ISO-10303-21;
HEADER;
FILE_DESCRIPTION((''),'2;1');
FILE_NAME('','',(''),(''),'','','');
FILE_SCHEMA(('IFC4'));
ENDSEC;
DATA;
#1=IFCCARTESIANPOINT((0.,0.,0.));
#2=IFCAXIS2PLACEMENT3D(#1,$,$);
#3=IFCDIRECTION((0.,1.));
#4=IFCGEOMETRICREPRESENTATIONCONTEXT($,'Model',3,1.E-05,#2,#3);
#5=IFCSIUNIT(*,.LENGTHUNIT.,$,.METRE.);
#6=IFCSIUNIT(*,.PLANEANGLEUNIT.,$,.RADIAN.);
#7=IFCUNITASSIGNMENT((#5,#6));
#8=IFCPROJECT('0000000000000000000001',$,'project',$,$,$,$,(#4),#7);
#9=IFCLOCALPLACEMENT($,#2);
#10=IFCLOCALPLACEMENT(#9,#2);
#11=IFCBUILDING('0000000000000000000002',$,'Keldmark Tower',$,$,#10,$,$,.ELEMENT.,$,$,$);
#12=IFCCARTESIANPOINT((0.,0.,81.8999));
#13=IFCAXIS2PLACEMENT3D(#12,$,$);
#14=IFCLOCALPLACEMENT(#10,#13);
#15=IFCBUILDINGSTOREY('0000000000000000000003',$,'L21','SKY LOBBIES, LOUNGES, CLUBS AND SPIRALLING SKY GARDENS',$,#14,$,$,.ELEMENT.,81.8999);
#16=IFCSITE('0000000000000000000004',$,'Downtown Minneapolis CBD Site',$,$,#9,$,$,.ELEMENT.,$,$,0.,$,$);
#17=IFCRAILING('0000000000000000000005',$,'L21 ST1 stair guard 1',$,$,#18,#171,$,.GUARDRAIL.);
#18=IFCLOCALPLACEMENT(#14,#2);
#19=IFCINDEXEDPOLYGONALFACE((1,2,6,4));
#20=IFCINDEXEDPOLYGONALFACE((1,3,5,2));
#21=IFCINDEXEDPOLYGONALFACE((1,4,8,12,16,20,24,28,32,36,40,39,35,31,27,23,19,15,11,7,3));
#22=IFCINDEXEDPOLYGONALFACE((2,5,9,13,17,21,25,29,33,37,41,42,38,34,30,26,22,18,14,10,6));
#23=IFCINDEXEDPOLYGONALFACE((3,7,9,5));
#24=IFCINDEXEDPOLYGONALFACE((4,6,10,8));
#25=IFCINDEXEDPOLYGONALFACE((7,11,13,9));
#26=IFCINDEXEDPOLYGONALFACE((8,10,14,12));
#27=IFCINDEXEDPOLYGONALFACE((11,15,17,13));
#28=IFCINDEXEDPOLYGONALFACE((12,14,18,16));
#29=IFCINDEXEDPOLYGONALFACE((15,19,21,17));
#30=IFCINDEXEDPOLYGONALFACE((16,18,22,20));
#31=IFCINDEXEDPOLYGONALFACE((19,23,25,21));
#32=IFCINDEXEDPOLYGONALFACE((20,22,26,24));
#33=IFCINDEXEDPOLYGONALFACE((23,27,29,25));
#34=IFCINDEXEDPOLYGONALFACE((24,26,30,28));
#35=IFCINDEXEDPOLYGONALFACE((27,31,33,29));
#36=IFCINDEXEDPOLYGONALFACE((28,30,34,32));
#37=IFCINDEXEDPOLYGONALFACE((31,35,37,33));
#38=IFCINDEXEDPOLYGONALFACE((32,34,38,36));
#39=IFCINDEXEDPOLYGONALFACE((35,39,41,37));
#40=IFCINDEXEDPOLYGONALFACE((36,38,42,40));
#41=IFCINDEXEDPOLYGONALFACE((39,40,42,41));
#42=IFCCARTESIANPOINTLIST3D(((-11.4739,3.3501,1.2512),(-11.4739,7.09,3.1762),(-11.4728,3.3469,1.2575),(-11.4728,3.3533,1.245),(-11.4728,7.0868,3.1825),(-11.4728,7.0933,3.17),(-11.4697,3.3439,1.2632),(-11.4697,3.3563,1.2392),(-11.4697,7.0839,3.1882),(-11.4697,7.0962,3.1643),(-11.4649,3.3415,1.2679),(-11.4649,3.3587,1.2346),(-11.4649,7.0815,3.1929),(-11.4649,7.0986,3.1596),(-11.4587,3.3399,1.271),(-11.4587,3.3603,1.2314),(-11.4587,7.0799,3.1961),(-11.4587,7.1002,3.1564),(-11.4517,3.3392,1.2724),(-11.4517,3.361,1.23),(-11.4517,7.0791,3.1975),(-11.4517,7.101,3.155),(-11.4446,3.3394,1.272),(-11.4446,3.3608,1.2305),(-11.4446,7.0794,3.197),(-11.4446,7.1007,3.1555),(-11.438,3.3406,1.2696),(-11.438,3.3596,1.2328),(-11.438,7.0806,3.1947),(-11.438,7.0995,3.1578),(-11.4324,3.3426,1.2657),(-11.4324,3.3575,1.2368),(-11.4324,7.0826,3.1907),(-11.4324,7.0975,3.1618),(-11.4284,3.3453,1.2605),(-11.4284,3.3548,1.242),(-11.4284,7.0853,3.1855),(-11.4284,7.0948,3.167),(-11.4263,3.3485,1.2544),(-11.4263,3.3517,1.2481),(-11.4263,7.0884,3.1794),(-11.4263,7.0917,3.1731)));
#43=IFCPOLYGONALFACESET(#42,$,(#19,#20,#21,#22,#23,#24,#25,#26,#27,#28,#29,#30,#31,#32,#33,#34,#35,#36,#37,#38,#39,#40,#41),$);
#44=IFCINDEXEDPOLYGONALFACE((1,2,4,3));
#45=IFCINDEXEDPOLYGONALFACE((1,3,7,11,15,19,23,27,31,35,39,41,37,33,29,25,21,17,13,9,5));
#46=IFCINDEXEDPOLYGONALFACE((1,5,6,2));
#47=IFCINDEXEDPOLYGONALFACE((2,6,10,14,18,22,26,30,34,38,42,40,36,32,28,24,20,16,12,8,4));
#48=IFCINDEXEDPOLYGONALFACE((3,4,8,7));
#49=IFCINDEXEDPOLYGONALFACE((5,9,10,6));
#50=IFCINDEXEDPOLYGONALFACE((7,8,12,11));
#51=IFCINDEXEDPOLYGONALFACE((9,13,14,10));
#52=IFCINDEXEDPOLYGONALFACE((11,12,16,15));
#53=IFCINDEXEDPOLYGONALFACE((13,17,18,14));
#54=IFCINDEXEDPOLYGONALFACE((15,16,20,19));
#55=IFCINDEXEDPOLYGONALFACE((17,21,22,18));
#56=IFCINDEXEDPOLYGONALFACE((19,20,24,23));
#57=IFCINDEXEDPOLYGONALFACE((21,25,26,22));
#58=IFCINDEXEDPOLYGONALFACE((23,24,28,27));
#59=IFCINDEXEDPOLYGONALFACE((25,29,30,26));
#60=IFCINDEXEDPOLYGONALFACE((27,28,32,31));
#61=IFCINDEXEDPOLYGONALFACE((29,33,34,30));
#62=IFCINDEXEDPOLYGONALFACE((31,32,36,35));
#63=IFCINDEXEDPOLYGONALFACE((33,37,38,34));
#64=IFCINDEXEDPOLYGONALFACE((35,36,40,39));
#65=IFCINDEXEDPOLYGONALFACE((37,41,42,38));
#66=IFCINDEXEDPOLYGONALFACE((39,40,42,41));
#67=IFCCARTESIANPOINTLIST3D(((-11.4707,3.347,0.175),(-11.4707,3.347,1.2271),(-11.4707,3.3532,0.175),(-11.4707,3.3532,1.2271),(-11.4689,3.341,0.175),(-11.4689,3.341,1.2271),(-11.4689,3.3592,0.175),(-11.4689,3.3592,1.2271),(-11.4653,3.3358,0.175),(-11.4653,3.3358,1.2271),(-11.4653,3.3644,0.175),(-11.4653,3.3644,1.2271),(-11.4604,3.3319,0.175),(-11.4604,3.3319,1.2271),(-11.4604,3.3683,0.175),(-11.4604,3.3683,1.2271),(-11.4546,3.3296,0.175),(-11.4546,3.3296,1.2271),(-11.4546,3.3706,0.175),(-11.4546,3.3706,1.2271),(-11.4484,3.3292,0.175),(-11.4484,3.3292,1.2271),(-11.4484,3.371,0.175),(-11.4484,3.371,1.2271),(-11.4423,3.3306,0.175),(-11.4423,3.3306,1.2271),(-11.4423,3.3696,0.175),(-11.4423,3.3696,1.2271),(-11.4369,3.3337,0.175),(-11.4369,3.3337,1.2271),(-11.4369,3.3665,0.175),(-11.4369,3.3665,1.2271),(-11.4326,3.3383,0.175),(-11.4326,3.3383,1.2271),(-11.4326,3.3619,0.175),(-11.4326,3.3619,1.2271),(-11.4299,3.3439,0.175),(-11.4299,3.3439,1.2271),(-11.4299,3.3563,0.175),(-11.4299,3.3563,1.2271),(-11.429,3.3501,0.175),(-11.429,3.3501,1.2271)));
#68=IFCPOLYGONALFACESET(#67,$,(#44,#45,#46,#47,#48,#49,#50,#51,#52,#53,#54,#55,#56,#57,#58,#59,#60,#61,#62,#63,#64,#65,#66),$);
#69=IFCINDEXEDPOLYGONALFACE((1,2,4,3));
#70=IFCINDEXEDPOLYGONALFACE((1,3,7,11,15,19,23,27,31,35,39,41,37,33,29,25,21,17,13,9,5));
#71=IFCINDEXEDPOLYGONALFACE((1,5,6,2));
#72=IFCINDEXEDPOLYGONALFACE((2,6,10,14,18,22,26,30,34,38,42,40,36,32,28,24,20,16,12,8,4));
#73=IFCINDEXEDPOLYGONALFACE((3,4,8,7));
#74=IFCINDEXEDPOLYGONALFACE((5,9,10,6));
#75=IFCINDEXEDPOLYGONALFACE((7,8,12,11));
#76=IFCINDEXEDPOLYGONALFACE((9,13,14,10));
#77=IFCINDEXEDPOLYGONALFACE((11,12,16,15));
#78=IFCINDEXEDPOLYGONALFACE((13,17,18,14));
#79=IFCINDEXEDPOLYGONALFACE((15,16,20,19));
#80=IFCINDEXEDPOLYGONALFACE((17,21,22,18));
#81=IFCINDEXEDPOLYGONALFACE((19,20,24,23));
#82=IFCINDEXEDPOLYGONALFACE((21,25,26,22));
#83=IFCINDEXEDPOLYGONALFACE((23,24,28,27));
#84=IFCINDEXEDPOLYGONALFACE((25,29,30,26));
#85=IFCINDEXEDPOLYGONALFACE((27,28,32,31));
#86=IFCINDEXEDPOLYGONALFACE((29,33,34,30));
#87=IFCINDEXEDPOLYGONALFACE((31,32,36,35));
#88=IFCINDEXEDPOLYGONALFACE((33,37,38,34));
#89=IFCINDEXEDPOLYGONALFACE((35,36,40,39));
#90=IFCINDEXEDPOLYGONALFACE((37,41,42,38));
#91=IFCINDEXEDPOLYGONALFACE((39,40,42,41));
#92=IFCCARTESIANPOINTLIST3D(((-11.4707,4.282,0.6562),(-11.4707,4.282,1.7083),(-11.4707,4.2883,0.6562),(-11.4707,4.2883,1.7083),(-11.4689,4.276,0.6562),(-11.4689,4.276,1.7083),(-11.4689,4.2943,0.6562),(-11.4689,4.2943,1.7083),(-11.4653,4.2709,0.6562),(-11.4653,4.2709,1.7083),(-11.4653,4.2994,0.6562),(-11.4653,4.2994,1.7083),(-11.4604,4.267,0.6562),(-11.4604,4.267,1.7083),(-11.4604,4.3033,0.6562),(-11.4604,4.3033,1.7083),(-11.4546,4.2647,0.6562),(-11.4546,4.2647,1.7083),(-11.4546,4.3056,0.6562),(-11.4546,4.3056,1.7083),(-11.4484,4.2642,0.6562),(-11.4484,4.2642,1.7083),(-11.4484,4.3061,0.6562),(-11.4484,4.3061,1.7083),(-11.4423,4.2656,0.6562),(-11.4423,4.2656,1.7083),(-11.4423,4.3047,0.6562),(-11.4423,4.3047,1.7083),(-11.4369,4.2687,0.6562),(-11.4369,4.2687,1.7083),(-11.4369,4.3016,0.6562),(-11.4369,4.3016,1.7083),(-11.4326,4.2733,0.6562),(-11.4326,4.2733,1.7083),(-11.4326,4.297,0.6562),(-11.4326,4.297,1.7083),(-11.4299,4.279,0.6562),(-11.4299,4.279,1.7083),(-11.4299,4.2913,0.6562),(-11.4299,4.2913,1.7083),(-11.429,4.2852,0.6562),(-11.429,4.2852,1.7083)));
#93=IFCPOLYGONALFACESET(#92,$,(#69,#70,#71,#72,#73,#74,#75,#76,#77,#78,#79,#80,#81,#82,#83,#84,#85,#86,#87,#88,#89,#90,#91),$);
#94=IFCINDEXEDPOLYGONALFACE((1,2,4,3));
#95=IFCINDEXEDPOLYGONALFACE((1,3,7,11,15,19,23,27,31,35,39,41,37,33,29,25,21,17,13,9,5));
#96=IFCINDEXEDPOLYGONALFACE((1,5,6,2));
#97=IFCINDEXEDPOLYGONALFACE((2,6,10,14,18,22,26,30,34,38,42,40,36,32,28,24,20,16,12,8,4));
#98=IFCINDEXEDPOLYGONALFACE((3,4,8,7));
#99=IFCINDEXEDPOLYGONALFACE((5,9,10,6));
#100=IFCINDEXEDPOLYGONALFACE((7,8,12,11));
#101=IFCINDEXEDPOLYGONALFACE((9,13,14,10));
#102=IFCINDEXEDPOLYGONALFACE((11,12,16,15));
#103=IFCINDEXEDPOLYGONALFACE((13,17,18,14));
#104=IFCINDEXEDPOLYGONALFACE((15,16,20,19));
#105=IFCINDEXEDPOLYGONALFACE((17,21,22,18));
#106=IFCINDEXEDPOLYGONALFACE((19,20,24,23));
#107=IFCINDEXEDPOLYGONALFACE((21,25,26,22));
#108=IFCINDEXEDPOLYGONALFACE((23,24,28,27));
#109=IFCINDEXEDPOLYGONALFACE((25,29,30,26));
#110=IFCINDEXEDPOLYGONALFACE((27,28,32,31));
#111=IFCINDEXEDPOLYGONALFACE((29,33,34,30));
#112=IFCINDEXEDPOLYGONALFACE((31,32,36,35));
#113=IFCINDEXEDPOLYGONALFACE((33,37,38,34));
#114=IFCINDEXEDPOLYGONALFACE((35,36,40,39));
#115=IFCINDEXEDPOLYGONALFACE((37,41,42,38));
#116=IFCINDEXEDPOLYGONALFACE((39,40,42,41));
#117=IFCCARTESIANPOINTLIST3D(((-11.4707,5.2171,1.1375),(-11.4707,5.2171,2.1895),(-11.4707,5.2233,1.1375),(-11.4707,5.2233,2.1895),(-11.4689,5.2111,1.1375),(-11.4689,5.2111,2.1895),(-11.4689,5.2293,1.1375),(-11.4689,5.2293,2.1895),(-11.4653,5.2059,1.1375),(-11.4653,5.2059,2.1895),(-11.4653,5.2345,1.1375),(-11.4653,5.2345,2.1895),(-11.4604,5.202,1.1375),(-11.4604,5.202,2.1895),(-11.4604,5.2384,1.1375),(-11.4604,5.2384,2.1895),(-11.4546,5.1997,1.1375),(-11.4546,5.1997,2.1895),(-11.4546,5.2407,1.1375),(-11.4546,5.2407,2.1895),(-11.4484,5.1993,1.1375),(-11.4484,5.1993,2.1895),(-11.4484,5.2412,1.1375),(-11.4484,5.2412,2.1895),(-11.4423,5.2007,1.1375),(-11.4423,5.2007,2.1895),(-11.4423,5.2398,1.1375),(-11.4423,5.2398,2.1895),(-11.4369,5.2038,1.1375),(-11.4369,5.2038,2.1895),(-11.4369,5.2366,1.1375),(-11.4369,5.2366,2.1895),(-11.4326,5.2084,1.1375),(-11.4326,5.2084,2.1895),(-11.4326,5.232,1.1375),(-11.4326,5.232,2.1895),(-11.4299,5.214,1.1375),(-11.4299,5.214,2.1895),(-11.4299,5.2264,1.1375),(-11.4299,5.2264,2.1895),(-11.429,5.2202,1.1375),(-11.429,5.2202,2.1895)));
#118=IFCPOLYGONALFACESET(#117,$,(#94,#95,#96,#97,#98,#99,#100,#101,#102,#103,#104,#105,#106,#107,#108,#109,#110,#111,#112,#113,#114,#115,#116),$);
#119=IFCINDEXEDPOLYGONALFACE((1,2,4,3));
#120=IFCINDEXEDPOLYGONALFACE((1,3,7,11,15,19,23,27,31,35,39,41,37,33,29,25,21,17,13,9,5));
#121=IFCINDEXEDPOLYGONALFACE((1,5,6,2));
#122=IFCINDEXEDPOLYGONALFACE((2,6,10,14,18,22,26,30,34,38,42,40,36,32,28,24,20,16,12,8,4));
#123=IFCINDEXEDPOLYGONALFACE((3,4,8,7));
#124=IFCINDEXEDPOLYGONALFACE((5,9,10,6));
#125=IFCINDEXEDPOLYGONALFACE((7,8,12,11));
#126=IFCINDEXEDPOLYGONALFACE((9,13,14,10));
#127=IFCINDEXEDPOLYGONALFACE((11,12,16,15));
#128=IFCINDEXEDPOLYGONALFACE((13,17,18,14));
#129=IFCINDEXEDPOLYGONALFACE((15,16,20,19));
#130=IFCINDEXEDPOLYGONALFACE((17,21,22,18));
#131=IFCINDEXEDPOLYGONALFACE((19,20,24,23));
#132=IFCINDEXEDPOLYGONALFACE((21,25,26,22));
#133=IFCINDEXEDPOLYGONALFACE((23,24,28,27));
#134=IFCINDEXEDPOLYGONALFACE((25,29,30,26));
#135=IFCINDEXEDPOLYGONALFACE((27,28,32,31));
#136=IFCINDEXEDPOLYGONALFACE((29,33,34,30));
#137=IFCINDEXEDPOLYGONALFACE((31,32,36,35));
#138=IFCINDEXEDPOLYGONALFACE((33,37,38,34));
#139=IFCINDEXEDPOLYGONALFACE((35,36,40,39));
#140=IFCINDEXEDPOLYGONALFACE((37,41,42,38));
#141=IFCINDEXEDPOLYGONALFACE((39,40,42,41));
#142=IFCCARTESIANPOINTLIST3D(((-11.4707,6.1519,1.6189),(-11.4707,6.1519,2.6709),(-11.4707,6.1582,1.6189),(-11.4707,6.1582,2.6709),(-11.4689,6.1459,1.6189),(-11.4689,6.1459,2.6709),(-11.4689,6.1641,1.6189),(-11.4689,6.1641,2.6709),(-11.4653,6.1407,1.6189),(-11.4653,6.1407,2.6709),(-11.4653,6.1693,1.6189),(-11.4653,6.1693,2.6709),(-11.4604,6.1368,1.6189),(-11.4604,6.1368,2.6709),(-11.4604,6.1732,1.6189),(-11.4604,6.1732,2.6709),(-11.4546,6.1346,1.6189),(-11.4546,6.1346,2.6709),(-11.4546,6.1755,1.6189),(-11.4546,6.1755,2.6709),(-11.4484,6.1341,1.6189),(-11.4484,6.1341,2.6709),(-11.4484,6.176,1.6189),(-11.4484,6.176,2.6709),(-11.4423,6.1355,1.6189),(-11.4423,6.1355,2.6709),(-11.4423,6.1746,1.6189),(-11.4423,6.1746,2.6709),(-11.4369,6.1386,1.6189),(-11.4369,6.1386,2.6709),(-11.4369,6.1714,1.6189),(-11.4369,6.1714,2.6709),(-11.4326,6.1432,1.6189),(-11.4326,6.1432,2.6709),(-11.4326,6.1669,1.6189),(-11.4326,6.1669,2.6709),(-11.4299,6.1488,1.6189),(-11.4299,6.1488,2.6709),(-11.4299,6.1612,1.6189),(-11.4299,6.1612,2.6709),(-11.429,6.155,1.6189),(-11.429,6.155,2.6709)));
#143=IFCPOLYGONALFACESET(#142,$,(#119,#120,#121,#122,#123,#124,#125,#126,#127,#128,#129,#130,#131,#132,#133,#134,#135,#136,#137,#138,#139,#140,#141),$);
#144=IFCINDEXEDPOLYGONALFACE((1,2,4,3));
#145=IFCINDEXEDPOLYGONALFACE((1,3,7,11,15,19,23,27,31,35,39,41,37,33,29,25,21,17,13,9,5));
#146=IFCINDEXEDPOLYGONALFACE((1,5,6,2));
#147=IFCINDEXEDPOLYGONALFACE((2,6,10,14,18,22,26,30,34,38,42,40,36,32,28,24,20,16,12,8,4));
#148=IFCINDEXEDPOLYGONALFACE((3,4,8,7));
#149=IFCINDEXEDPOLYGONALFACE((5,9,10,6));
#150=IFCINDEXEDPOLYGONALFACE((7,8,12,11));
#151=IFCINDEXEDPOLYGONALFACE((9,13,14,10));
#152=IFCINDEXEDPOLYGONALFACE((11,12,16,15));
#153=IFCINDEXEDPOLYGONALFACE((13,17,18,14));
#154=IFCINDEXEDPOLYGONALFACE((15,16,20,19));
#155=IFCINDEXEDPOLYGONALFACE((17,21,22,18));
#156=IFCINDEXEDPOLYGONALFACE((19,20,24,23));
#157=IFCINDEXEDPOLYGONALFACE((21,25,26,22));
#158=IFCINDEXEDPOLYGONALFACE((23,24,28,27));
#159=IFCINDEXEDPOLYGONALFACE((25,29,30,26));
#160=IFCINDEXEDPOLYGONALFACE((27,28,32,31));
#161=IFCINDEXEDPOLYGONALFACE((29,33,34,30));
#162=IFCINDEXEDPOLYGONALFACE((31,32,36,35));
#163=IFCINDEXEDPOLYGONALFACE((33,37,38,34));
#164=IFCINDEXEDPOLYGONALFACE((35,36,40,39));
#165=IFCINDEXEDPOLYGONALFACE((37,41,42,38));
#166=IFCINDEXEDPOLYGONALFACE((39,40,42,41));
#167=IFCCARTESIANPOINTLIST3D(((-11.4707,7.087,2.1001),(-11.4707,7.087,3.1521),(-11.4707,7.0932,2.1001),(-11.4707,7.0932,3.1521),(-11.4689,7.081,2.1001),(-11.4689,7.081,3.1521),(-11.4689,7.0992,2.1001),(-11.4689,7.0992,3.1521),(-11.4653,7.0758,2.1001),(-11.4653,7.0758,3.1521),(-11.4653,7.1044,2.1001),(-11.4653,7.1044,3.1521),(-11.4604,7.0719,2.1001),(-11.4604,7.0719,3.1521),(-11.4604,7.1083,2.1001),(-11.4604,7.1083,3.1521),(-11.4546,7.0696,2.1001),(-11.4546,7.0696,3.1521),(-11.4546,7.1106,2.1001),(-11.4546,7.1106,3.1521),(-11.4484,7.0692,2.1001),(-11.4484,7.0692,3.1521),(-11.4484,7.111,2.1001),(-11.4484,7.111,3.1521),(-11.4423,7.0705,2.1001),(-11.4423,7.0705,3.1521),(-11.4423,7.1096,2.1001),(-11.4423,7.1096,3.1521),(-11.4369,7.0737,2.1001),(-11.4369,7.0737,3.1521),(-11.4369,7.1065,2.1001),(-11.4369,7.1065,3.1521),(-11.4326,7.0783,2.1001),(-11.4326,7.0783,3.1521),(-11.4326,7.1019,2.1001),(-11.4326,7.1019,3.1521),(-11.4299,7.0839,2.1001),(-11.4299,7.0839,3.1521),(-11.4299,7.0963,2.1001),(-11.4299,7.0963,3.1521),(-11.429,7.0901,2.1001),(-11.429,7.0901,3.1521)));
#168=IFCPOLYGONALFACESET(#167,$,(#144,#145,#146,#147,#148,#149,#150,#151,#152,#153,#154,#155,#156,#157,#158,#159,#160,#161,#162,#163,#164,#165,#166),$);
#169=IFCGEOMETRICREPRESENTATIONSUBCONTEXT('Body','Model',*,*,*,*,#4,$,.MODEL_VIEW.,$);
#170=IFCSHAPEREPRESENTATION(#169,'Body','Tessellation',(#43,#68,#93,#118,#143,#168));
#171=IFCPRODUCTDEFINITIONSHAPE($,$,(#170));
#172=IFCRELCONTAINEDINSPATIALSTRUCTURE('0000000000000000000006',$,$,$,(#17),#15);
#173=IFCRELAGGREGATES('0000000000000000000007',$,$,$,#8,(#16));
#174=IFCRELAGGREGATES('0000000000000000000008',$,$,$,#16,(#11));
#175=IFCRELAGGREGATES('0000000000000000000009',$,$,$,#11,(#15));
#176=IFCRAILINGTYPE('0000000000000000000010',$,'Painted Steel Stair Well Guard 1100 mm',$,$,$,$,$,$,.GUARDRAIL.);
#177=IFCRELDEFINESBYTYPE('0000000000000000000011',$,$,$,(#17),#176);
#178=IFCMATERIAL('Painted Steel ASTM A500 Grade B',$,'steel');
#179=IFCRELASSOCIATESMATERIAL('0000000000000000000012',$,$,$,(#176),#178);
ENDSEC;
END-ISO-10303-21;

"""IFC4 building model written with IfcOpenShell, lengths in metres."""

from ifc_helpers import new_model, si_unit, direction, frame, origin, origin_2d, place, context, subcontext, project, spatial, circle, extrude, material, type_object, element, save


model = new_model("IFC4")

# Units and contexts
model_context = context("Model", 3, precision=1e-05, world=origin(), true_north=direction((0.0, 1.0)))
body_context = subcontext(model_context, "Body", "Model", "MODEL_VIEW")
ifc_project = project(units=[si_unit("LENGTHUNIT", "METRE"), si_unit("PLANEANGLEUNIT", "RADIAN")], contexts=[model_context])

# Site, building, storey
site_placement = place(None, origin())
site = spatial("IfcSite", under=ifc_project, at=site_placement, Name="Downtown Minneapolis CBD Site", CompositionType="ELEMENT", RefElevation=0.0)
building_placement = place(site_placement, origin())
building = spatial("IfcBuilding", under=site, at=building_placement, Name="Keldmark Tower", CompositionType="ELEMENT")
storey_placement = place(building_placement, frame((0.0, 0.0, 81.8999)))
storey = spatial("IfcBuildingStorey", under=building, at=storey_placement, Name="L21", Description="SKY LOBBIES, LOUNGES, CLUBS AND SPIRALLING SKY GARDENS", CompositionType="ELEMENT", Elevation=81.8999)

# Railing
ifc_material_1 = material(Name="Painted Steel ASTM A500 Grade B", Category="steel")
railing_type_1 = type_object("IfcRailingType", Name="Painted Steel Stair Well Guard 1100 mm", PredefinedType="GUARDRAIL", material=ifc_material_1)
railing_1_placement = place(storey_placement, frame((-11.45, 3.3501, 0.175)))
element("IfcRailing", 1, at=railing_1_placement, inside=storey, type_object=railing_type_1, Name="L21 ST1 stair guard 1", PredefinedType="GUARDRAIL", context=body_context, shape_type="SweptSolid", body=[
    extrude(circle(Radius=0.0239, at=origin_2d()), frame((0.0, 0.0, 1.0762), z_axis=(0.0, 0.889131, 0.457654), x_axis=(-1.0, 0.0, 0.0)), (0.0, 0.0, 1.0), 4.2063),
    extrude(circle(Radius=0.021, at=origin_2d()), origin(), (0.0, 0.0, 1.0), 1.052),
    extrude(circle(Radius=0.021, at=origin_2d()), frame((0.0, 0.9351, 0.4812)), (0.0, 0.0, 1.0), 1.052),
    extrude(circle(Radius=0.021, at=origin_2d()), frame((0.0, 1.8701, 0.9624)), (0.0, 0.0, 1.0), 1.052),
    extrude(circle(Radius=0.021, at=origin_2d()), frame((0.0, 2.8049, 1.4438)), (0.0, 0.0, 1.0), 1.052),
    extrude(circle(Radius=0.021, at=origin_2d()), frame((0.0, 3.74, 1.925)), (0.0, 0.0, 1.0), 1.052),
])

save(model, "model.ifc")
